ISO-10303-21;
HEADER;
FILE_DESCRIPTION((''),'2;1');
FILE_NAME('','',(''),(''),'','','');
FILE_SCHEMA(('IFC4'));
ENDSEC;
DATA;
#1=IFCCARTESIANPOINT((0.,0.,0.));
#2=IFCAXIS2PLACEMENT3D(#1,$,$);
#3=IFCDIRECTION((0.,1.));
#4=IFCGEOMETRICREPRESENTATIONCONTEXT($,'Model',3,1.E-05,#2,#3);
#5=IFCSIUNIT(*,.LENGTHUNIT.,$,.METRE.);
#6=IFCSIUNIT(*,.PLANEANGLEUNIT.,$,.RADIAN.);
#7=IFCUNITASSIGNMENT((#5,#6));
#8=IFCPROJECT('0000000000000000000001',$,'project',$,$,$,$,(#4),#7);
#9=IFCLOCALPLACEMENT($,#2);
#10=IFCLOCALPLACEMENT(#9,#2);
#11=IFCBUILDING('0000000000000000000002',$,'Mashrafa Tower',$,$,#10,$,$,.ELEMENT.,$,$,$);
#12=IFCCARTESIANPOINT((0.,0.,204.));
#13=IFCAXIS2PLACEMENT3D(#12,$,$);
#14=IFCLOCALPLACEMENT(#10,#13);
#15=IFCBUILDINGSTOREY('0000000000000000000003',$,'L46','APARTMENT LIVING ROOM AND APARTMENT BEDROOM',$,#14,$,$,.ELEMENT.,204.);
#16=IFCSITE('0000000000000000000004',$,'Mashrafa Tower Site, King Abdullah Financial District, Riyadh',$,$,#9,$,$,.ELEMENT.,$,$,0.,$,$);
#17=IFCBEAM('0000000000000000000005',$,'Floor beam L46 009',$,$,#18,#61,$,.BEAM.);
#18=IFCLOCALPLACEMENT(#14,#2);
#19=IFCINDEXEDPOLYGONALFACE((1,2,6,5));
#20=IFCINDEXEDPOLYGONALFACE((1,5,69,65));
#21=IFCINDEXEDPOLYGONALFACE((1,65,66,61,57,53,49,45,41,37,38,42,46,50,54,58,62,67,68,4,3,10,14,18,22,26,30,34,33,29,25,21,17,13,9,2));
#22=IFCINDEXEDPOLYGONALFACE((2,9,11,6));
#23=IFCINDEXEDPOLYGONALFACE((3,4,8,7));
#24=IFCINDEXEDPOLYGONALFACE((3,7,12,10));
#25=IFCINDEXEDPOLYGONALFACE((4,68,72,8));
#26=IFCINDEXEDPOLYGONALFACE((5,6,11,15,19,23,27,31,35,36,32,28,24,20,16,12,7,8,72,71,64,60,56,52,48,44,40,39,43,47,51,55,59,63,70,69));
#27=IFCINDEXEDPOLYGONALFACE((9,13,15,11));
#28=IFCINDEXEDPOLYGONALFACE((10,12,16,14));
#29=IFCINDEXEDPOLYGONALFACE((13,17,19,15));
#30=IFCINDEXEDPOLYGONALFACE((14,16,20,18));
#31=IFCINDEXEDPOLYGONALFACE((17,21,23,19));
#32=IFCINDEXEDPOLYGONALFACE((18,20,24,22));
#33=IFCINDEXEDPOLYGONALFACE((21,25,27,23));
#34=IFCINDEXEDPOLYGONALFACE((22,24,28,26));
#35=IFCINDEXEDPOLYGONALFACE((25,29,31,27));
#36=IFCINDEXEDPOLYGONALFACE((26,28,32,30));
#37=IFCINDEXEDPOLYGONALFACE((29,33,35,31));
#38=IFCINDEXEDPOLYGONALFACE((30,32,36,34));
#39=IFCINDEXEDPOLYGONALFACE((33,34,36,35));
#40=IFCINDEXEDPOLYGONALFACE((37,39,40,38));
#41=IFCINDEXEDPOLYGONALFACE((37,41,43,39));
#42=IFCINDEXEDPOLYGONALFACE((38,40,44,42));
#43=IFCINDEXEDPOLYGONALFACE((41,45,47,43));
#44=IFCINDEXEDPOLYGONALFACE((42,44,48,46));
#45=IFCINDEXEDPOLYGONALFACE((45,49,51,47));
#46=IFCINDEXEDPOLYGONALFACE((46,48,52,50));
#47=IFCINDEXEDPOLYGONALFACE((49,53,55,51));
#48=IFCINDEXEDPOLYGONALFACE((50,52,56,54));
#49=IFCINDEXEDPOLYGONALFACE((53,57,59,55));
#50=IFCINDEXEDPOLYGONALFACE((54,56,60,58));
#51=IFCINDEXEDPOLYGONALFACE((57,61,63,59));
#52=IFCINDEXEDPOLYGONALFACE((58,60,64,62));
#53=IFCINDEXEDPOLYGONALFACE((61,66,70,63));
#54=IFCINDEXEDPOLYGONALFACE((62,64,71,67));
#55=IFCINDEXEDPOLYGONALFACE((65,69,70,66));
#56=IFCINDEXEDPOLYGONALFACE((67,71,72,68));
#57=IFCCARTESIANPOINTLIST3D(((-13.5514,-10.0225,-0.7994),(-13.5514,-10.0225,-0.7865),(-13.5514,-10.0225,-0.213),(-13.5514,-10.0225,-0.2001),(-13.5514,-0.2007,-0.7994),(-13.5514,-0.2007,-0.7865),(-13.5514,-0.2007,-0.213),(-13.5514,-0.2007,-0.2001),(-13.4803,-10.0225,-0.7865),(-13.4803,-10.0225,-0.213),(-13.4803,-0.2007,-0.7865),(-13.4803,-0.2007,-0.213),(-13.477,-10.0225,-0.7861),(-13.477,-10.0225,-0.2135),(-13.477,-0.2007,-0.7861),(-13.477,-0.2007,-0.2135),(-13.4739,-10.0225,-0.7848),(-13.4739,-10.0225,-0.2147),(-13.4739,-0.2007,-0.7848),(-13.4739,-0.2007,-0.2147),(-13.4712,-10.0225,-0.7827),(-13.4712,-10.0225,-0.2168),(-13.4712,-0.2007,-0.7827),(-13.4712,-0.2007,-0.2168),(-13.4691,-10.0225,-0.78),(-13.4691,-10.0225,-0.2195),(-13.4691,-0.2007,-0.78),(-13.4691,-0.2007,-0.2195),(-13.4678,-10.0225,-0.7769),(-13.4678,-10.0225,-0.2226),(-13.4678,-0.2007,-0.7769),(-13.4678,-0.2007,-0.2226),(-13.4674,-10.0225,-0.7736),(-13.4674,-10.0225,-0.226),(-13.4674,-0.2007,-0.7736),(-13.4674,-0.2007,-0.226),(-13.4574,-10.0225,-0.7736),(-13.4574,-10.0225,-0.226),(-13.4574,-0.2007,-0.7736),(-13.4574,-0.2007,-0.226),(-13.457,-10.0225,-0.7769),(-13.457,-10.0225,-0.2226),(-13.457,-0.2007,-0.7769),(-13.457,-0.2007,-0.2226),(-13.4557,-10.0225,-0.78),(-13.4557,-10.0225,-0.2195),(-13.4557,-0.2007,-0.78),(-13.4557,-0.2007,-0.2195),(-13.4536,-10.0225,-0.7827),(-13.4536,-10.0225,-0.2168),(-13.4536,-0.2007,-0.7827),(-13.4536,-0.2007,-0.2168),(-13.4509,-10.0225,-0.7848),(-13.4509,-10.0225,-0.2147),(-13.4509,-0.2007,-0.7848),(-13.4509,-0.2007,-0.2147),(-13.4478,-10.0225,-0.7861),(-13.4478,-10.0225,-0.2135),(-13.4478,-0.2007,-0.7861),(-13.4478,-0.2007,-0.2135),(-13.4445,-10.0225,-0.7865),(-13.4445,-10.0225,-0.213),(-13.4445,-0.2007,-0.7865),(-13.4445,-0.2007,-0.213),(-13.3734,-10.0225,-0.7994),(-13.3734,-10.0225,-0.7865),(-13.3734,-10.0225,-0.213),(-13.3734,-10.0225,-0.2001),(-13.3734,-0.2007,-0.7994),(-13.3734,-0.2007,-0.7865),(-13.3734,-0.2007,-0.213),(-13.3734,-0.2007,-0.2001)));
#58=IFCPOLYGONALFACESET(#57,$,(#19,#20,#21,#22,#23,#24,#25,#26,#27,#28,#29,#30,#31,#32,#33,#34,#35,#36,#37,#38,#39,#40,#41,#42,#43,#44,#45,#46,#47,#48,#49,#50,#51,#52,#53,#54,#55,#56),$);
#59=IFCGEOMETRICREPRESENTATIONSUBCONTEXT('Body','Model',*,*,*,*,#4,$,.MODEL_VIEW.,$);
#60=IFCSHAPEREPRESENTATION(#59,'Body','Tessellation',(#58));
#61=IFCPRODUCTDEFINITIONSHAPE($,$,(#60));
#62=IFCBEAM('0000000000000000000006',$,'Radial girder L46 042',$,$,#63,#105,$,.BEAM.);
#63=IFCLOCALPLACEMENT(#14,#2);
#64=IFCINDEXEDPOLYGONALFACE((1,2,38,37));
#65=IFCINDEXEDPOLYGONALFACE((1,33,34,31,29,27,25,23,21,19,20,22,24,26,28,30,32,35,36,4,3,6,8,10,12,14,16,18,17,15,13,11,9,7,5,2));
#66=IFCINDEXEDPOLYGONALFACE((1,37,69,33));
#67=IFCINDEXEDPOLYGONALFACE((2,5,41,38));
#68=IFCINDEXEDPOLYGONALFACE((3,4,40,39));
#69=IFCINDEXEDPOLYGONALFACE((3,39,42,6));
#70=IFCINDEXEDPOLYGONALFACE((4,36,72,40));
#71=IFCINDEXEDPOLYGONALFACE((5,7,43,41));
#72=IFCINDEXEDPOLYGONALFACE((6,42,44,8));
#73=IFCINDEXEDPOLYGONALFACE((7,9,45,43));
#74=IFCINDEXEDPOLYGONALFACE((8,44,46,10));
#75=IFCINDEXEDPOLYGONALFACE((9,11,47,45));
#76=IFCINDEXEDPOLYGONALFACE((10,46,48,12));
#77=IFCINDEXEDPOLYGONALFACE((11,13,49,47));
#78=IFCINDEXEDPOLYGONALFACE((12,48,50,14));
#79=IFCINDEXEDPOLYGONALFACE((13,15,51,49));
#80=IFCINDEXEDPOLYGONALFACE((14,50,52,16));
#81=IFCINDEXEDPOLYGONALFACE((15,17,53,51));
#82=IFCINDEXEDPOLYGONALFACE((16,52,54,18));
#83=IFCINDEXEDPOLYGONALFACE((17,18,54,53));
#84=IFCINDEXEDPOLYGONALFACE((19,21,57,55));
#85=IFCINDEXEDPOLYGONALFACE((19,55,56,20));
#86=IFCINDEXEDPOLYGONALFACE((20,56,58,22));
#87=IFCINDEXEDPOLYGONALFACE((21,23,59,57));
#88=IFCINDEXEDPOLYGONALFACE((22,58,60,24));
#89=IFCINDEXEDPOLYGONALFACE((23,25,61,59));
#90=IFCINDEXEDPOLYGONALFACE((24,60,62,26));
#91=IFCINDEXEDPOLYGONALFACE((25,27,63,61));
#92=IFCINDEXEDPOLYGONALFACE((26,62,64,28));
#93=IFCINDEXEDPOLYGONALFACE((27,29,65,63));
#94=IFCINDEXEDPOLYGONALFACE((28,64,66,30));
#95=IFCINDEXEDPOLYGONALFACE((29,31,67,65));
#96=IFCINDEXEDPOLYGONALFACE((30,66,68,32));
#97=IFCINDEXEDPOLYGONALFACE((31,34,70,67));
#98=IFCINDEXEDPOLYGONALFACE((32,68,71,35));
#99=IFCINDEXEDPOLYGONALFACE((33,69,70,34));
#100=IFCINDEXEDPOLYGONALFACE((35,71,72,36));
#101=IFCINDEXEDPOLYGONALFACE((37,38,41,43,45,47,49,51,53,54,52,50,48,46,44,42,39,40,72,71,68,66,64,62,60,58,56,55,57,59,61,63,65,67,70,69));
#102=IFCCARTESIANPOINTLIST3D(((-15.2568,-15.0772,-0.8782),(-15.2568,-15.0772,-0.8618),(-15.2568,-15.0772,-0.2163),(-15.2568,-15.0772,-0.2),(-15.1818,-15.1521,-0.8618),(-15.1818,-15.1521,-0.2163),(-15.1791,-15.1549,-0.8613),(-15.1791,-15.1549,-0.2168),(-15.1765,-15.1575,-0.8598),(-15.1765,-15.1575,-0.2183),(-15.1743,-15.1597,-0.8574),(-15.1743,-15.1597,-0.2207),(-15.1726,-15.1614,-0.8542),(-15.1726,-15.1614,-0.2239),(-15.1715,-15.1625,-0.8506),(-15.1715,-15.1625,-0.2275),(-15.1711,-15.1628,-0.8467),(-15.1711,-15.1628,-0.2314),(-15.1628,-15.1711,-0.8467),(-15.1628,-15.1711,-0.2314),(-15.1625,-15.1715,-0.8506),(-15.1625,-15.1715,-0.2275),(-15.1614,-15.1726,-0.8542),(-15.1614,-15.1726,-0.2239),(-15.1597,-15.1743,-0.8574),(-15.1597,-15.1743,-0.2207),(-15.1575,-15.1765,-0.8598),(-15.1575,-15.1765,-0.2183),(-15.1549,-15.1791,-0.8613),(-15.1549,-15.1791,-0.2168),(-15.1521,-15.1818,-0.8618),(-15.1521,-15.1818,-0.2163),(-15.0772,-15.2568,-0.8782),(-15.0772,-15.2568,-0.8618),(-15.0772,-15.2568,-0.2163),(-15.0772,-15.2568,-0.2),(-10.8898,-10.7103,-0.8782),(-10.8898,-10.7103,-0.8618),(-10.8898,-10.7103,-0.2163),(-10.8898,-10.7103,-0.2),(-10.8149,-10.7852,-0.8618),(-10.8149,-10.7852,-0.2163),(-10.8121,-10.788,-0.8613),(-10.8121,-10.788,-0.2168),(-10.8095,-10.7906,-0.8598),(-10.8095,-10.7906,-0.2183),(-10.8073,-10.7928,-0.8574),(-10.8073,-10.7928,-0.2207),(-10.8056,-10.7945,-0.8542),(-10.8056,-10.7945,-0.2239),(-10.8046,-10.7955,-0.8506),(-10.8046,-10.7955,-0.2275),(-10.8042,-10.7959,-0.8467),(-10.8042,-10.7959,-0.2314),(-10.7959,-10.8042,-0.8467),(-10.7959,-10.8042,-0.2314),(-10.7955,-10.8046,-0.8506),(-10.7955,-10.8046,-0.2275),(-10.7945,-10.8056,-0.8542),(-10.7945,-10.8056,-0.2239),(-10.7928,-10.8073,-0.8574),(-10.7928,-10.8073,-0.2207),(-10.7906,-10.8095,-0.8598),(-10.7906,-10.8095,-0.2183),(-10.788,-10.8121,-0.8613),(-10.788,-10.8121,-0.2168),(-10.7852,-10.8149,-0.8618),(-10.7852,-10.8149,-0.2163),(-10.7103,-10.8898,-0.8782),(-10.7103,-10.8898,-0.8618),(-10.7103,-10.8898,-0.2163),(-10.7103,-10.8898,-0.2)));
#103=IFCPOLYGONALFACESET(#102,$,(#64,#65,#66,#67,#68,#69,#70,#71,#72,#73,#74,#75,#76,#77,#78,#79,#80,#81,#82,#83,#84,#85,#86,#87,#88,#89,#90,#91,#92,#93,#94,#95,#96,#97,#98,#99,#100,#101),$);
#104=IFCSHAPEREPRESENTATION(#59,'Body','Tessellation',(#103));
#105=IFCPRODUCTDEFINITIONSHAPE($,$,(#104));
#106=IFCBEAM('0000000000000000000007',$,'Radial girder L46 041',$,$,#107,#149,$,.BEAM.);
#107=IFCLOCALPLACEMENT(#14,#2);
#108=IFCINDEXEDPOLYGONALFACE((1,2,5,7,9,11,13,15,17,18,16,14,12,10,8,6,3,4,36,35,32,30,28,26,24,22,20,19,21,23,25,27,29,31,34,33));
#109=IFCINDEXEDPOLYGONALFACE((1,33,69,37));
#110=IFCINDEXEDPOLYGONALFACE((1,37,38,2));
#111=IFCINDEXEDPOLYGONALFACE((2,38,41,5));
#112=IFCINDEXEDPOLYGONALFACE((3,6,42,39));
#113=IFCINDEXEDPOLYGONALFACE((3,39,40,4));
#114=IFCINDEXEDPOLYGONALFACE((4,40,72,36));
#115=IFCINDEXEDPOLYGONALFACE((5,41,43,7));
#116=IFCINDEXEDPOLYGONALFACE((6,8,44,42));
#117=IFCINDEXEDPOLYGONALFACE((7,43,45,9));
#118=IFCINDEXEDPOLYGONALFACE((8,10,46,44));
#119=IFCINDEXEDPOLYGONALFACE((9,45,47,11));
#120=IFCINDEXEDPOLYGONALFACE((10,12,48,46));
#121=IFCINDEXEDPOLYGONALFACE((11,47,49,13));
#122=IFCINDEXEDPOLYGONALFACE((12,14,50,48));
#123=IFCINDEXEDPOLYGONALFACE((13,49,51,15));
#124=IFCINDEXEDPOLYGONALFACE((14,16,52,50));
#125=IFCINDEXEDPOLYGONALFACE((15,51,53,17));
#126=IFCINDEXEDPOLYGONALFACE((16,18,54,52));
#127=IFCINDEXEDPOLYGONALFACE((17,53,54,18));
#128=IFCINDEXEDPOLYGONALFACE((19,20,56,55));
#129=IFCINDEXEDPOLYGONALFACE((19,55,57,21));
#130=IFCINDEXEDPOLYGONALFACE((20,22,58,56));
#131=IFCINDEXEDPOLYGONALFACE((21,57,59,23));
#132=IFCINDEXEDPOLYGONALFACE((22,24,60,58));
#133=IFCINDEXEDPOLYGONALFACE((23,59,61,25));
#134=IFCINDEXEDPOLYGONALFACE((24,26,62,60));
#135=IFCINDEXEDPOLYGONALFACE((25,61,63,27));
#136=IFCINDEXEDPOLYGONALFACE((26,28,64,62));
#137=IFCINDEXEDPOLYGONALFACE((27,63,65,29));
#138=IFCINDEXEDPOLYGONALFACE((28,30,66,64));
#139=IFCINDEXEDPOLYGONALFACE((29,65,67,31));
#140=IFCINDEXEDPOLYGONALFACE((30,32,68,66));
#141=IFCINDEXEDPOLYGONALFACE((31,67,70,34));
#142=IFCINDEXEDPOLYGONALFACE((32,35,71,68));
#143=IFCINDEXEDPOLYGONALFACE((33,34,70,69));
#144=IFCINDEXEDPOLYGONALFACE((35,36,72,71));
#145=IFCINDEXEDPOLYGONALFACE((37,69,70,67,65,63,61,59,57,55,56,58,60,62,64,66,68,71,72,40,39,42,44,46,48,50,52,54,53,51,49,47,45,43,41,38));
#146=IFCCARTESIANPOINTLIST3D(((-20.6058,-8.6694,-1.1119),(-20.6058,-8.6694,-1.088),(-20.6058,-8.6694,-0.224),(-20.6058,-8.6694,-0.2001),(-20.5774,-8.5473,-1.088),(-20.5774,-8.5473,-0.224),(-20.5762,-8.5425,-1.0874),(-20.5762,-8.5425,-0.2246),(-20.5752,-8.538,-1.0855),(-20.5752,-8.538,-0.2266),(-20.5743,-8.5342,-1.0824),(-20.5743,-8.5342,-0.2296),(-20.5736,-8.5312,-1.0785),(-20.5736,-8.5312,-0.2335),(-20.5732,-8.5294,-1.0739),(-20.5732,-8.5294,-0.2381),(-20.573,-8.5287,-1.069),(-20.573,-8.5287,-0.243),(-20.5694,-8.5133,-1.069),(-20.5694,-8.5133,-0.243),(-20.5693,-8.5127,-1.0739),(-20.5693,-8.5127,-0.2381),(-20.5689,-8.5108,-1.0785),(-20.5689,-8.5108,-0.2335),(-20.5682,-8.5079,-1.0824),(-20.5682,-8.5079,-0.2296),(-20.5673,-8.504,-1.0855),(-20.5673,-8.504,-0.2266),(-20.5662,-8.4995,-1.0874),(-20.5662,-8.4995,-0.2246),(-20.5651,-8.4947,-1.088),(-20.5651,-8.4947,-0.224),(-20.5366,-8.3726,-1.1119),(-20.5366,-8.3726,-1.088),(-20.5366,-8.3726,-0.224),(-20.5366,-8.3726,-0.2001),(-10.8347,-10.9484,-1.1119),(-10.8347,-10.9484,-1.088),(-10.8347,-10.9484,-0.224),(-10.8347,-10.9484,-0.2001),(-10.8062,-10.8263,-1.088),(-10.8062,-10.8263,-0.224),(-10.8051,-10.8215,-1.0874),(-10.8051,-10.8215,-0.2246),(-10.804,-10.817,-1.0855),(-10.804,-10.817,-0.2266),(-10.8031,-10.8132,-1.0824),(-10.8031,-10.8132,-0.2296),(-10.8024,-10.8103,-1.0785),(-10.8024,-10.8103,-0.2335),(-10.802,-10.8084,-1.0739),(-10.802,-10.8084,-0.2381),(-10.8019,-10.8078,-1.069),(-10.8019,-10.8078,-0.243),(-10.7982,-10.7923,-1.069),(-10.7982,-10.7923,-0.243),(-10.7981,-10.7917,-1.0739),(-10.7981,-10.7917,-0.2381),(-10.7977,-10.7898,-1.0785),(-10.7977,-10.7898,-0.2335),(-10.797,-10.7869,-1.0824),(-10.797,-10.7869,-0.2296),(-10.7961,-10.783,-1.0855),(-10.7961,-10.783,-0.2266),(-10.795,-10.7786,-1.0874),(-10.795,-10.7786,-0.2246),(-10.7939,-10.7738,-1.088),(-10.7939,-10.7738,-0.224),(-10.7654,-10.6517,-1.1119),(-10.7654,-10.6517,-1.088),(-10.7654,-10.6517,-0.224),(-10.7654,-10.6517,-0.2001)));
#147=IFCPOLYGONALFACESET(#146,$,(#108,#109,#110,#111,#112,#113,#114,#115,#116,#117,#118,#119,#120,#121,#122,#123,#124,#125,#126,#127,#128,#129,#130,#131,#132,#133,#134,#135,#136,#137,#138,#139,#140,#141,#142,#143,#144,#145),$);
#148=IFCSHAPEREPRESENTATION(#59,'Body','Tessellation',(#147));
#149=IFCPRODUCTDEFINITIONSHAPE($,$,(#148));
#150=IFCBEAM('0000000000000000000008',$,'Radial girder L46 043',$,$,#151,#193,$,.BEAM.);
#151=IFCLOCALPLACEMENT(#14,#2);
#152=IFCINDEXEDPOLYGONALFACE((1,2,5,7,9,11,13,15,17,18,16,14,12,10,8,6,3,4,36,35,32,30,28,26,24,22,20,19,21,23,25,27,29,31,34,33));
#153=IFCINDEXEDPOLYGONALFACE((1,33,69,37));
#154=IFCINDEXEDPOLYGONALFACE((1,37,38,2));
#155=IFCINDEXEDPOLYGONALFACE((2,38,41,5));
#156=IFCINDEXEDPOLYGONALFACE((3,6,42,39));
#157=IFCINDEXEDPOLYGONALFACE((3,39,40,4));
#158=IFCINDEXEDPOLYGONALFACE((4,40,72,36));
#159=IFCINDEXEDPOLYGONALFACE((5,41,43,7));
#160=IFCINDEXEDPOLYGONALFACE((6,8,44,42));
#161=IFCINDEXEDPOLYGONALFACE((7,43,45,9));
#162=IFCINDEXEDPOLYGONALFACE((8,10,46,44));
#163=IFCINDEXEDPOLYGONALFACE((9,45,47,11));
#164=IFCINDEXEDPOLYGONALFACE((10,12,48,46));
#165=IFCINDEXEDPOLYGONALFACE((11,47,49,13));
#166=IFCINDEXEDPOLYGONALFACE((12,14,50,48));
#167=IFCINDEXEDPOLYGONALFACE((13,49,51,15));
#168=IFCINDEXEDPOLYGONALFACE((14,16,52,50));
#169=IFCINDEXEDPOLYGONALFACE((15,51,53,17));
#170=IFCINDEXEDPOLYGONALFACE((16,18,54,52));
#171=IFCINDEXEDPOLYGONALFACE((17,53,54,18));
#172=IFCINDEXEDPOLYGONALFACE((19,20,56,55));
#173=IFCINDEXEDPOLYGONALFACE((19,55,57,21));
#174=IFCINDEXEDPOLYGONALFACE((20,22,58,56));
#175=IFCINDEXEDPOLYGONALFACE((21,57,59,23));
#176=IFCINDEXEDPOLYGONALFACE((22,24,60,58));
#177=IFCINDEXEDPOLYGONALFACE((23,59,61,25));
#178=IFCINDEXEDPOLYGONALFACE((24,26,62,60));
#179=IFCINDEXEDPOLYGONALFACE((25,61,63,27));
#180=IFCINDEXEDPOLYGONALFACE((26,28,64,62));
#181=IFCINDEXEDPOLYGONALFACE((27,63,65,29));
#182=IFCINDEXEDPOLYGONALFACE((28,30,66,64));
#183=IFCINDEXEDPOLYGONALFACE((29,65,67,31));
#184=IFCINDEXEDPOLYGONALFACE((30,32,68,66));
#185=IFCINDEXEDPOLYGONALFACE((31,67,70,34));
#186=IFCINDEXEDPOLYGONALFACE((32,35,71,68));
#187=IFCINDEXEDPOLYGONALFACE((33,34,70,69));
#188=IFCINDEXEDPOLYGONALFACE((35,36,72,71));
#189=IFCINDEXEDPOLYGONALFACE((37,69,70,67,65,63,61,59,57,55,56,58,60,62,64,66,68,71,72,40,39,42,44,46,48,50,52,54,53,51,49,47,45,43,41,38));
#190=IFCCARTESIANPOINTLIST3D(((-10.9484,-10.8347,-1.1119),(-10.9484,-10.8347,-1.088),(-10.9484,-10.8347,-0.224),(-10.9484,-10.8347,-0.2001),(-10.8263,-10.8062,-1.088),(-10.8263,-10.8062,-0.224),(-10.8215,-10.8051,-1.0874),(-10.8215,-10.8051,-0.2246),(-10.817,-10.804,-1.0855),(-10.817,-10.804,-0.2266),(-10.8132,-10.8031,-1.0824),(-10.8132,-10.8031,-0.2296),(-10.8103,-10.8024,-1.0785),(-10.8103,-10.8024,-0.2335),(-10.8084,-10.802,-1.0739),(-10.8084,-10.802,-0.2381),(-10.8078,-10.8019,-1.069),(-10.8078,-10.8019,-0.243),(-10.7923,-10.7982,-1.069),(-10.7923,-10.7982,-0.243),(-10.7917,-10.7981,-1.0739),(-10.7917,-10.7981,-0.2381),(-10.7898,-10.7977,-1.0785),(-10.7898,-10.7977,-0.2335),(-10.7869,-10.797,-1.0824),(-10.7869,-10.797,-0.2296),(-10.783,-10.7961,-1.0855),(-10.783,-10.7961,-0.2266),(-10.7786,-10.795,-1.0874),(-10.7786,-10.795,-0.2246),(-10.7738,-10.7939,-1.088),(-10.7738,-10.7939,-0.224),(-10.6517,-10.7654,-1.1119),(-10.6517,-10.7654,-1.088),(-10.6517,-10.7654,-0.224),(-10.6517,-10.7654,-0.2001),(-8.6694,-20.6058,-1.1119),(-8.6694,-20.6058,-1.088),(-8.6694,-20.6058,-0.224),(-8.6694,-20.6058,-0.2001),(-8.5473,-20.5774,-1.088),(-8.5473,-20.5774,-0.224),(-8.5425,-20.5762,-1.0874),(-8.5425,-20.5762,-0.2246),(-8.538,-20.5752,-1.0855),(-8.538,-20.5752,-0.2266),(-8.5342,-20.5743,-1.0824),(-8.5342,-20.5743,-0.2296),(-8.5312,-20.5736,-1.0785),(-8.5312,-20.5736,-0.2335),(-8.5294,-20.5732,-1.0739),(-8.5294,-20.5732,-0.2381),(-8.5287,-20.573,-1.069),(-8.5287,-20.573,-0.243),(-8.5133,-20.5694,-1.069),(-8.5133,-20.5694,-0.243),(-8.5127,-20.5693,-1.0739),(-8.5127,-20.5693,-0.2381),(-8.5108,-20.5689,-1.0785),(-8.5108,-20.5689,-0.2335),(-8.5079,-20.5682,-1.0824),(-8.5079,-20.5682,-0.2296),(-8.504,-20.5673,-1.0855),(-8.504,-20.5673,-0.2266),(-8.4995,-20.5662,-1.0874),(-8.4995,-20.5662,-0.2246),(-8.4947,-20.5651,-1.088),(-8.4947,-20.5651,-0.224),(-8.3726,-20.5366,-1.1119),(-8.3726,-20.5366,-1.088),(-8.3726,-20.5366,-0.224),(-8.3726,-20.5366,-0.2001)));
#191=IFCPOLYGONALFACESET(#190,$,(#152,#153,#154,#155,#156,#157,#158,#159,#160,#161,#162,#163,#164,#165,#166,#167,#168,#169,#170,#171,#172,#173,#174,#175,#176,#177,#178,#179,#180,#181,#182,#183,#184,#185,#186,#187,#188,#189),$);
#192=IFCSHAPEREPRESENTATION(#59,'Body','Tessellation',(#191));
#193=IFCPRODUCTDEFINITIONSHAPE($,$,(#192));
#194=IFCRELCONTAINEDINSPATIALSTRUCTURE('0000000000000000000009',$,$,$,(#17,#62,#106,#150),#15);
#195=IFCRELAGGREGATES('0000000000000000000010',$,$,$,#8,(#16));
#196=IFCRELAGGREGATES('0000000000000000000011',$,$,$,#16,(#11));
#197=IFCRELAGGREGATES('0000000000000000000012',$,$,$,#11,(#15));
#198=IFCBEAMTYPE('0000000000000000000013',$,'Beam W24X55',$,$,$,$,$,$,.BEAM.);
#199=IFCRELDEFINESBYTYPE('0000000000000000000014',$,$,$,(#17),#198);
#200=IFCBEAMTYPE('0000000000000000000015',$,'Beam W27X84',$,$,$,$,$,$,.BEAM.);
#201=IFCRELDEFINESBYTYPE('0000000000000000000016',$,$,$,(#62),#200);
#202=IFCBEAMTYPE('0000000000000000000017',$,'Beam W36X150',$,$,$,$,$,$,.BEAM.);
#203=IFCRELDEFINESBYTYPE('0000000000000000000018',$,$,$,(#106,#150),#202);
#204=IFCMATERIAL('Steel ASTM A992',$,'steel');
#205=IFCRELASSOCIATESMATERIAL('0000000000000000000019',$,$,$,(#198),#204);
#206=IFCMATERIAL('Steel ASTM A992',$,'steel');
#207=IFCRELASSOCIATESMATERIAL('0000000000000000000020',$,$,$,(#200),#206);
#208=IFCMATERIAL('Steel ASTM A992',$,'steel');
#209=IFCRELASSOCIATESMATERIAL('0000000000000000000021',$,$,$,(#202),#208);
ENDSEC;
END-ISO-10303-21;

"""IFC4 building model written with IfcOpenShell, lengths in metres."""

from ifc_helpers import new_model, si_unit, direction, frame, origin, origin_2d, place, context, subcontext, project, spatial, i_section, extrude, material, material_profile, profile_set, type_object, element, save


model = new_model("IFC4")

# Units and contexts
model_context = context("Model", 3, precision=1e-05, world=origin(), true_north=direction((0.0, 1.0)))
body_context = subcontext(model_context, "Body", "Model", "MODEL_VIEW")
ifc_project = project(units=[si_unit("LENGTHUNIT", "METRE"), si_unit("PLANEANGLEUNIT", "RADIAN")], contexts=[model_context])

# Site, building, storey
site_placement = place(None, origin())
site = spatial("IfcSite", under=ifc_project, at=site_placement, Name="Mashrafa Tower Site, King Abdullah Financial District, Riyadh", CompositionType="ELEMENT", RefElevation=0.0)
building_placement = place(site_placement, origin())
building = spatial("IfcBuilding", under=site, at=building_placement, Name="Mashrafa Tower", CompositionType="ELEMENT")
storey_placement = place(building_placement, frame((0.0, 0.0, 204.0)))
storey = spatial("IfcBuildingStorey", under=building, at=storey_placement, Name="L46", Description="APARTMENT LIVING ROOM AND APARTMENT BEDROOM", CompositionType="ELEMENT", Elevation=204.0)

# Beams
ifc_material_1 = material(Name="Steel ASTM A992", Category="steel")
ifc_material_profile_1 = material_profile(ifc_material_1, i_section(OverallWidth=0.178, OverallDepth=0.5994, WebThickness=0.01, FlangeThickness=0.0129, FilletRadius=0.0129, at=origin_2d()), Name="W24X55")
ifc_profile_set_1 = profile_set([ifc_material_profile_1], Name="Steel ASTM A992")
beam_type_1 = type_object("IfcBeamType", Name="Beam W24X55", PredefinedType="BEAM", material=ifc_profile_set_1)
beam_1_placement = place(storey_placement, frame((-13.4624, -10.0225, -0.4998), z_axis=(0.0, 1.0, 0.0), x_axis=(-1.0, 0.0, 0.0)))
element("IfcBeam", 1, at=beam_1_placement, inside=storey, type_object=beam_type_1, Name="Floor beam L46 009", PredefinedType="BEAM", context=body_context, shape_type="SweptSolid", body=[
    extrude(i_section(OverallWidth=0.178, OverallDepth=0.5994, WebThickness=0.01, FlangeThickness=0.0129, FilletRadius=0.0129, at=origin_2d()), origin(), (0.0, 0.0, 1.0), 9.8218),
])
ifc_material_2 = material(Name="Steel ASTM A992", Category="steel")
ifc_material_profile_2 = material_profile(ifc_material_2, i_section(OverallWidth=0.2539, OverallDepth=0.6782, WebThickness=0.0117, FlangeThickness=0.0164, FilletRadius=0.0151, at=origin_2d()), Name="W27X84")
ifc_profile_set_2 = profile_set([ifc_material_profile_2], Name="Steel ASTM A992")
beam_type_2 = type_object("IfcBeamType", Name="Beam W27X84", PredefinedType="BEAM", material=ifc_profile_set_2)
beam_2_placement = place(storey_placement, frame((-10.8, -10.8, -0.5391), z_axis=(-0.707107, -0.707107, 0.0), x_axis=(0.707107, -0.707107, 0.0)))
element("IfcBeam", 2, at=beam_2_placement, inside=storey, type_object=beam_type_2, Name="Radial girder L46 042", PredefinedType="BEAM", context=body_context, shape_type="SweptSolid", body=[
    extrude(i_section(OverallWidth=0.2539, OverallDepth=0.6782, WebThickness=0.0117, FlangeThickness=0.0164, FilletRadius=0.0151, at=origin_2d()), origin(), (0.0, 0.0, 1.0), 6.1758),
])
ifc_material_3 = material(Name="Steel ASTM A992", Category="steel")
ifc_material_profile_3 = material_profile(ifc_material_3, i_section(OverallWidth=0.3047, OverallDepth=0.9119, WebThickness=0.0159, FlangeThickness=0.0239, FilletRadius=0.019, at=origin_2d()), Name="W36X150")
ifc_profile_set_3 = profile_set([ifc_material_profile_3], Name="Steel ASTM A992")
beam_type_3 = type_object("IfcBeamType", Name="Beam W36X150", PredefinedType="BEAM", material=ifc_profile_set_3)
for number, where, z_axis, x_axis, name in (
    (3, (-10.8, -10.8, -0.656), (-0.973861, 0.227144, 0.0), (-0.227144, -0.973861, 0.0), "Radial girder L46 041"),
    (4, (-10.8, -10.8, -0.656), (0.227144, -0.973861, 0.0), (0.973861, 0.227144, 0.0), "Radial girder L46 043"),
):
    element("IfcBeam", number, at=place(storey_placement, frame(where, z_axis=z_axis, x_axis=x_axis)), inside=storey, type_object=beam_type_3, Name=name, PredefinedType="BEAM", context=body_context, shape_type="SweptSolid", body=[
        extrude(i_section(OverallWidth=0.3047, OverallDepth=0.9119, WebThickness=0.0159, FlangeThickness=0.0239, FilletRadius=0.019, at=origin_2d()), origin(), (0.0, 0.0, 1.0), 10.0334),
    ])

save(model, "model.ifc")
